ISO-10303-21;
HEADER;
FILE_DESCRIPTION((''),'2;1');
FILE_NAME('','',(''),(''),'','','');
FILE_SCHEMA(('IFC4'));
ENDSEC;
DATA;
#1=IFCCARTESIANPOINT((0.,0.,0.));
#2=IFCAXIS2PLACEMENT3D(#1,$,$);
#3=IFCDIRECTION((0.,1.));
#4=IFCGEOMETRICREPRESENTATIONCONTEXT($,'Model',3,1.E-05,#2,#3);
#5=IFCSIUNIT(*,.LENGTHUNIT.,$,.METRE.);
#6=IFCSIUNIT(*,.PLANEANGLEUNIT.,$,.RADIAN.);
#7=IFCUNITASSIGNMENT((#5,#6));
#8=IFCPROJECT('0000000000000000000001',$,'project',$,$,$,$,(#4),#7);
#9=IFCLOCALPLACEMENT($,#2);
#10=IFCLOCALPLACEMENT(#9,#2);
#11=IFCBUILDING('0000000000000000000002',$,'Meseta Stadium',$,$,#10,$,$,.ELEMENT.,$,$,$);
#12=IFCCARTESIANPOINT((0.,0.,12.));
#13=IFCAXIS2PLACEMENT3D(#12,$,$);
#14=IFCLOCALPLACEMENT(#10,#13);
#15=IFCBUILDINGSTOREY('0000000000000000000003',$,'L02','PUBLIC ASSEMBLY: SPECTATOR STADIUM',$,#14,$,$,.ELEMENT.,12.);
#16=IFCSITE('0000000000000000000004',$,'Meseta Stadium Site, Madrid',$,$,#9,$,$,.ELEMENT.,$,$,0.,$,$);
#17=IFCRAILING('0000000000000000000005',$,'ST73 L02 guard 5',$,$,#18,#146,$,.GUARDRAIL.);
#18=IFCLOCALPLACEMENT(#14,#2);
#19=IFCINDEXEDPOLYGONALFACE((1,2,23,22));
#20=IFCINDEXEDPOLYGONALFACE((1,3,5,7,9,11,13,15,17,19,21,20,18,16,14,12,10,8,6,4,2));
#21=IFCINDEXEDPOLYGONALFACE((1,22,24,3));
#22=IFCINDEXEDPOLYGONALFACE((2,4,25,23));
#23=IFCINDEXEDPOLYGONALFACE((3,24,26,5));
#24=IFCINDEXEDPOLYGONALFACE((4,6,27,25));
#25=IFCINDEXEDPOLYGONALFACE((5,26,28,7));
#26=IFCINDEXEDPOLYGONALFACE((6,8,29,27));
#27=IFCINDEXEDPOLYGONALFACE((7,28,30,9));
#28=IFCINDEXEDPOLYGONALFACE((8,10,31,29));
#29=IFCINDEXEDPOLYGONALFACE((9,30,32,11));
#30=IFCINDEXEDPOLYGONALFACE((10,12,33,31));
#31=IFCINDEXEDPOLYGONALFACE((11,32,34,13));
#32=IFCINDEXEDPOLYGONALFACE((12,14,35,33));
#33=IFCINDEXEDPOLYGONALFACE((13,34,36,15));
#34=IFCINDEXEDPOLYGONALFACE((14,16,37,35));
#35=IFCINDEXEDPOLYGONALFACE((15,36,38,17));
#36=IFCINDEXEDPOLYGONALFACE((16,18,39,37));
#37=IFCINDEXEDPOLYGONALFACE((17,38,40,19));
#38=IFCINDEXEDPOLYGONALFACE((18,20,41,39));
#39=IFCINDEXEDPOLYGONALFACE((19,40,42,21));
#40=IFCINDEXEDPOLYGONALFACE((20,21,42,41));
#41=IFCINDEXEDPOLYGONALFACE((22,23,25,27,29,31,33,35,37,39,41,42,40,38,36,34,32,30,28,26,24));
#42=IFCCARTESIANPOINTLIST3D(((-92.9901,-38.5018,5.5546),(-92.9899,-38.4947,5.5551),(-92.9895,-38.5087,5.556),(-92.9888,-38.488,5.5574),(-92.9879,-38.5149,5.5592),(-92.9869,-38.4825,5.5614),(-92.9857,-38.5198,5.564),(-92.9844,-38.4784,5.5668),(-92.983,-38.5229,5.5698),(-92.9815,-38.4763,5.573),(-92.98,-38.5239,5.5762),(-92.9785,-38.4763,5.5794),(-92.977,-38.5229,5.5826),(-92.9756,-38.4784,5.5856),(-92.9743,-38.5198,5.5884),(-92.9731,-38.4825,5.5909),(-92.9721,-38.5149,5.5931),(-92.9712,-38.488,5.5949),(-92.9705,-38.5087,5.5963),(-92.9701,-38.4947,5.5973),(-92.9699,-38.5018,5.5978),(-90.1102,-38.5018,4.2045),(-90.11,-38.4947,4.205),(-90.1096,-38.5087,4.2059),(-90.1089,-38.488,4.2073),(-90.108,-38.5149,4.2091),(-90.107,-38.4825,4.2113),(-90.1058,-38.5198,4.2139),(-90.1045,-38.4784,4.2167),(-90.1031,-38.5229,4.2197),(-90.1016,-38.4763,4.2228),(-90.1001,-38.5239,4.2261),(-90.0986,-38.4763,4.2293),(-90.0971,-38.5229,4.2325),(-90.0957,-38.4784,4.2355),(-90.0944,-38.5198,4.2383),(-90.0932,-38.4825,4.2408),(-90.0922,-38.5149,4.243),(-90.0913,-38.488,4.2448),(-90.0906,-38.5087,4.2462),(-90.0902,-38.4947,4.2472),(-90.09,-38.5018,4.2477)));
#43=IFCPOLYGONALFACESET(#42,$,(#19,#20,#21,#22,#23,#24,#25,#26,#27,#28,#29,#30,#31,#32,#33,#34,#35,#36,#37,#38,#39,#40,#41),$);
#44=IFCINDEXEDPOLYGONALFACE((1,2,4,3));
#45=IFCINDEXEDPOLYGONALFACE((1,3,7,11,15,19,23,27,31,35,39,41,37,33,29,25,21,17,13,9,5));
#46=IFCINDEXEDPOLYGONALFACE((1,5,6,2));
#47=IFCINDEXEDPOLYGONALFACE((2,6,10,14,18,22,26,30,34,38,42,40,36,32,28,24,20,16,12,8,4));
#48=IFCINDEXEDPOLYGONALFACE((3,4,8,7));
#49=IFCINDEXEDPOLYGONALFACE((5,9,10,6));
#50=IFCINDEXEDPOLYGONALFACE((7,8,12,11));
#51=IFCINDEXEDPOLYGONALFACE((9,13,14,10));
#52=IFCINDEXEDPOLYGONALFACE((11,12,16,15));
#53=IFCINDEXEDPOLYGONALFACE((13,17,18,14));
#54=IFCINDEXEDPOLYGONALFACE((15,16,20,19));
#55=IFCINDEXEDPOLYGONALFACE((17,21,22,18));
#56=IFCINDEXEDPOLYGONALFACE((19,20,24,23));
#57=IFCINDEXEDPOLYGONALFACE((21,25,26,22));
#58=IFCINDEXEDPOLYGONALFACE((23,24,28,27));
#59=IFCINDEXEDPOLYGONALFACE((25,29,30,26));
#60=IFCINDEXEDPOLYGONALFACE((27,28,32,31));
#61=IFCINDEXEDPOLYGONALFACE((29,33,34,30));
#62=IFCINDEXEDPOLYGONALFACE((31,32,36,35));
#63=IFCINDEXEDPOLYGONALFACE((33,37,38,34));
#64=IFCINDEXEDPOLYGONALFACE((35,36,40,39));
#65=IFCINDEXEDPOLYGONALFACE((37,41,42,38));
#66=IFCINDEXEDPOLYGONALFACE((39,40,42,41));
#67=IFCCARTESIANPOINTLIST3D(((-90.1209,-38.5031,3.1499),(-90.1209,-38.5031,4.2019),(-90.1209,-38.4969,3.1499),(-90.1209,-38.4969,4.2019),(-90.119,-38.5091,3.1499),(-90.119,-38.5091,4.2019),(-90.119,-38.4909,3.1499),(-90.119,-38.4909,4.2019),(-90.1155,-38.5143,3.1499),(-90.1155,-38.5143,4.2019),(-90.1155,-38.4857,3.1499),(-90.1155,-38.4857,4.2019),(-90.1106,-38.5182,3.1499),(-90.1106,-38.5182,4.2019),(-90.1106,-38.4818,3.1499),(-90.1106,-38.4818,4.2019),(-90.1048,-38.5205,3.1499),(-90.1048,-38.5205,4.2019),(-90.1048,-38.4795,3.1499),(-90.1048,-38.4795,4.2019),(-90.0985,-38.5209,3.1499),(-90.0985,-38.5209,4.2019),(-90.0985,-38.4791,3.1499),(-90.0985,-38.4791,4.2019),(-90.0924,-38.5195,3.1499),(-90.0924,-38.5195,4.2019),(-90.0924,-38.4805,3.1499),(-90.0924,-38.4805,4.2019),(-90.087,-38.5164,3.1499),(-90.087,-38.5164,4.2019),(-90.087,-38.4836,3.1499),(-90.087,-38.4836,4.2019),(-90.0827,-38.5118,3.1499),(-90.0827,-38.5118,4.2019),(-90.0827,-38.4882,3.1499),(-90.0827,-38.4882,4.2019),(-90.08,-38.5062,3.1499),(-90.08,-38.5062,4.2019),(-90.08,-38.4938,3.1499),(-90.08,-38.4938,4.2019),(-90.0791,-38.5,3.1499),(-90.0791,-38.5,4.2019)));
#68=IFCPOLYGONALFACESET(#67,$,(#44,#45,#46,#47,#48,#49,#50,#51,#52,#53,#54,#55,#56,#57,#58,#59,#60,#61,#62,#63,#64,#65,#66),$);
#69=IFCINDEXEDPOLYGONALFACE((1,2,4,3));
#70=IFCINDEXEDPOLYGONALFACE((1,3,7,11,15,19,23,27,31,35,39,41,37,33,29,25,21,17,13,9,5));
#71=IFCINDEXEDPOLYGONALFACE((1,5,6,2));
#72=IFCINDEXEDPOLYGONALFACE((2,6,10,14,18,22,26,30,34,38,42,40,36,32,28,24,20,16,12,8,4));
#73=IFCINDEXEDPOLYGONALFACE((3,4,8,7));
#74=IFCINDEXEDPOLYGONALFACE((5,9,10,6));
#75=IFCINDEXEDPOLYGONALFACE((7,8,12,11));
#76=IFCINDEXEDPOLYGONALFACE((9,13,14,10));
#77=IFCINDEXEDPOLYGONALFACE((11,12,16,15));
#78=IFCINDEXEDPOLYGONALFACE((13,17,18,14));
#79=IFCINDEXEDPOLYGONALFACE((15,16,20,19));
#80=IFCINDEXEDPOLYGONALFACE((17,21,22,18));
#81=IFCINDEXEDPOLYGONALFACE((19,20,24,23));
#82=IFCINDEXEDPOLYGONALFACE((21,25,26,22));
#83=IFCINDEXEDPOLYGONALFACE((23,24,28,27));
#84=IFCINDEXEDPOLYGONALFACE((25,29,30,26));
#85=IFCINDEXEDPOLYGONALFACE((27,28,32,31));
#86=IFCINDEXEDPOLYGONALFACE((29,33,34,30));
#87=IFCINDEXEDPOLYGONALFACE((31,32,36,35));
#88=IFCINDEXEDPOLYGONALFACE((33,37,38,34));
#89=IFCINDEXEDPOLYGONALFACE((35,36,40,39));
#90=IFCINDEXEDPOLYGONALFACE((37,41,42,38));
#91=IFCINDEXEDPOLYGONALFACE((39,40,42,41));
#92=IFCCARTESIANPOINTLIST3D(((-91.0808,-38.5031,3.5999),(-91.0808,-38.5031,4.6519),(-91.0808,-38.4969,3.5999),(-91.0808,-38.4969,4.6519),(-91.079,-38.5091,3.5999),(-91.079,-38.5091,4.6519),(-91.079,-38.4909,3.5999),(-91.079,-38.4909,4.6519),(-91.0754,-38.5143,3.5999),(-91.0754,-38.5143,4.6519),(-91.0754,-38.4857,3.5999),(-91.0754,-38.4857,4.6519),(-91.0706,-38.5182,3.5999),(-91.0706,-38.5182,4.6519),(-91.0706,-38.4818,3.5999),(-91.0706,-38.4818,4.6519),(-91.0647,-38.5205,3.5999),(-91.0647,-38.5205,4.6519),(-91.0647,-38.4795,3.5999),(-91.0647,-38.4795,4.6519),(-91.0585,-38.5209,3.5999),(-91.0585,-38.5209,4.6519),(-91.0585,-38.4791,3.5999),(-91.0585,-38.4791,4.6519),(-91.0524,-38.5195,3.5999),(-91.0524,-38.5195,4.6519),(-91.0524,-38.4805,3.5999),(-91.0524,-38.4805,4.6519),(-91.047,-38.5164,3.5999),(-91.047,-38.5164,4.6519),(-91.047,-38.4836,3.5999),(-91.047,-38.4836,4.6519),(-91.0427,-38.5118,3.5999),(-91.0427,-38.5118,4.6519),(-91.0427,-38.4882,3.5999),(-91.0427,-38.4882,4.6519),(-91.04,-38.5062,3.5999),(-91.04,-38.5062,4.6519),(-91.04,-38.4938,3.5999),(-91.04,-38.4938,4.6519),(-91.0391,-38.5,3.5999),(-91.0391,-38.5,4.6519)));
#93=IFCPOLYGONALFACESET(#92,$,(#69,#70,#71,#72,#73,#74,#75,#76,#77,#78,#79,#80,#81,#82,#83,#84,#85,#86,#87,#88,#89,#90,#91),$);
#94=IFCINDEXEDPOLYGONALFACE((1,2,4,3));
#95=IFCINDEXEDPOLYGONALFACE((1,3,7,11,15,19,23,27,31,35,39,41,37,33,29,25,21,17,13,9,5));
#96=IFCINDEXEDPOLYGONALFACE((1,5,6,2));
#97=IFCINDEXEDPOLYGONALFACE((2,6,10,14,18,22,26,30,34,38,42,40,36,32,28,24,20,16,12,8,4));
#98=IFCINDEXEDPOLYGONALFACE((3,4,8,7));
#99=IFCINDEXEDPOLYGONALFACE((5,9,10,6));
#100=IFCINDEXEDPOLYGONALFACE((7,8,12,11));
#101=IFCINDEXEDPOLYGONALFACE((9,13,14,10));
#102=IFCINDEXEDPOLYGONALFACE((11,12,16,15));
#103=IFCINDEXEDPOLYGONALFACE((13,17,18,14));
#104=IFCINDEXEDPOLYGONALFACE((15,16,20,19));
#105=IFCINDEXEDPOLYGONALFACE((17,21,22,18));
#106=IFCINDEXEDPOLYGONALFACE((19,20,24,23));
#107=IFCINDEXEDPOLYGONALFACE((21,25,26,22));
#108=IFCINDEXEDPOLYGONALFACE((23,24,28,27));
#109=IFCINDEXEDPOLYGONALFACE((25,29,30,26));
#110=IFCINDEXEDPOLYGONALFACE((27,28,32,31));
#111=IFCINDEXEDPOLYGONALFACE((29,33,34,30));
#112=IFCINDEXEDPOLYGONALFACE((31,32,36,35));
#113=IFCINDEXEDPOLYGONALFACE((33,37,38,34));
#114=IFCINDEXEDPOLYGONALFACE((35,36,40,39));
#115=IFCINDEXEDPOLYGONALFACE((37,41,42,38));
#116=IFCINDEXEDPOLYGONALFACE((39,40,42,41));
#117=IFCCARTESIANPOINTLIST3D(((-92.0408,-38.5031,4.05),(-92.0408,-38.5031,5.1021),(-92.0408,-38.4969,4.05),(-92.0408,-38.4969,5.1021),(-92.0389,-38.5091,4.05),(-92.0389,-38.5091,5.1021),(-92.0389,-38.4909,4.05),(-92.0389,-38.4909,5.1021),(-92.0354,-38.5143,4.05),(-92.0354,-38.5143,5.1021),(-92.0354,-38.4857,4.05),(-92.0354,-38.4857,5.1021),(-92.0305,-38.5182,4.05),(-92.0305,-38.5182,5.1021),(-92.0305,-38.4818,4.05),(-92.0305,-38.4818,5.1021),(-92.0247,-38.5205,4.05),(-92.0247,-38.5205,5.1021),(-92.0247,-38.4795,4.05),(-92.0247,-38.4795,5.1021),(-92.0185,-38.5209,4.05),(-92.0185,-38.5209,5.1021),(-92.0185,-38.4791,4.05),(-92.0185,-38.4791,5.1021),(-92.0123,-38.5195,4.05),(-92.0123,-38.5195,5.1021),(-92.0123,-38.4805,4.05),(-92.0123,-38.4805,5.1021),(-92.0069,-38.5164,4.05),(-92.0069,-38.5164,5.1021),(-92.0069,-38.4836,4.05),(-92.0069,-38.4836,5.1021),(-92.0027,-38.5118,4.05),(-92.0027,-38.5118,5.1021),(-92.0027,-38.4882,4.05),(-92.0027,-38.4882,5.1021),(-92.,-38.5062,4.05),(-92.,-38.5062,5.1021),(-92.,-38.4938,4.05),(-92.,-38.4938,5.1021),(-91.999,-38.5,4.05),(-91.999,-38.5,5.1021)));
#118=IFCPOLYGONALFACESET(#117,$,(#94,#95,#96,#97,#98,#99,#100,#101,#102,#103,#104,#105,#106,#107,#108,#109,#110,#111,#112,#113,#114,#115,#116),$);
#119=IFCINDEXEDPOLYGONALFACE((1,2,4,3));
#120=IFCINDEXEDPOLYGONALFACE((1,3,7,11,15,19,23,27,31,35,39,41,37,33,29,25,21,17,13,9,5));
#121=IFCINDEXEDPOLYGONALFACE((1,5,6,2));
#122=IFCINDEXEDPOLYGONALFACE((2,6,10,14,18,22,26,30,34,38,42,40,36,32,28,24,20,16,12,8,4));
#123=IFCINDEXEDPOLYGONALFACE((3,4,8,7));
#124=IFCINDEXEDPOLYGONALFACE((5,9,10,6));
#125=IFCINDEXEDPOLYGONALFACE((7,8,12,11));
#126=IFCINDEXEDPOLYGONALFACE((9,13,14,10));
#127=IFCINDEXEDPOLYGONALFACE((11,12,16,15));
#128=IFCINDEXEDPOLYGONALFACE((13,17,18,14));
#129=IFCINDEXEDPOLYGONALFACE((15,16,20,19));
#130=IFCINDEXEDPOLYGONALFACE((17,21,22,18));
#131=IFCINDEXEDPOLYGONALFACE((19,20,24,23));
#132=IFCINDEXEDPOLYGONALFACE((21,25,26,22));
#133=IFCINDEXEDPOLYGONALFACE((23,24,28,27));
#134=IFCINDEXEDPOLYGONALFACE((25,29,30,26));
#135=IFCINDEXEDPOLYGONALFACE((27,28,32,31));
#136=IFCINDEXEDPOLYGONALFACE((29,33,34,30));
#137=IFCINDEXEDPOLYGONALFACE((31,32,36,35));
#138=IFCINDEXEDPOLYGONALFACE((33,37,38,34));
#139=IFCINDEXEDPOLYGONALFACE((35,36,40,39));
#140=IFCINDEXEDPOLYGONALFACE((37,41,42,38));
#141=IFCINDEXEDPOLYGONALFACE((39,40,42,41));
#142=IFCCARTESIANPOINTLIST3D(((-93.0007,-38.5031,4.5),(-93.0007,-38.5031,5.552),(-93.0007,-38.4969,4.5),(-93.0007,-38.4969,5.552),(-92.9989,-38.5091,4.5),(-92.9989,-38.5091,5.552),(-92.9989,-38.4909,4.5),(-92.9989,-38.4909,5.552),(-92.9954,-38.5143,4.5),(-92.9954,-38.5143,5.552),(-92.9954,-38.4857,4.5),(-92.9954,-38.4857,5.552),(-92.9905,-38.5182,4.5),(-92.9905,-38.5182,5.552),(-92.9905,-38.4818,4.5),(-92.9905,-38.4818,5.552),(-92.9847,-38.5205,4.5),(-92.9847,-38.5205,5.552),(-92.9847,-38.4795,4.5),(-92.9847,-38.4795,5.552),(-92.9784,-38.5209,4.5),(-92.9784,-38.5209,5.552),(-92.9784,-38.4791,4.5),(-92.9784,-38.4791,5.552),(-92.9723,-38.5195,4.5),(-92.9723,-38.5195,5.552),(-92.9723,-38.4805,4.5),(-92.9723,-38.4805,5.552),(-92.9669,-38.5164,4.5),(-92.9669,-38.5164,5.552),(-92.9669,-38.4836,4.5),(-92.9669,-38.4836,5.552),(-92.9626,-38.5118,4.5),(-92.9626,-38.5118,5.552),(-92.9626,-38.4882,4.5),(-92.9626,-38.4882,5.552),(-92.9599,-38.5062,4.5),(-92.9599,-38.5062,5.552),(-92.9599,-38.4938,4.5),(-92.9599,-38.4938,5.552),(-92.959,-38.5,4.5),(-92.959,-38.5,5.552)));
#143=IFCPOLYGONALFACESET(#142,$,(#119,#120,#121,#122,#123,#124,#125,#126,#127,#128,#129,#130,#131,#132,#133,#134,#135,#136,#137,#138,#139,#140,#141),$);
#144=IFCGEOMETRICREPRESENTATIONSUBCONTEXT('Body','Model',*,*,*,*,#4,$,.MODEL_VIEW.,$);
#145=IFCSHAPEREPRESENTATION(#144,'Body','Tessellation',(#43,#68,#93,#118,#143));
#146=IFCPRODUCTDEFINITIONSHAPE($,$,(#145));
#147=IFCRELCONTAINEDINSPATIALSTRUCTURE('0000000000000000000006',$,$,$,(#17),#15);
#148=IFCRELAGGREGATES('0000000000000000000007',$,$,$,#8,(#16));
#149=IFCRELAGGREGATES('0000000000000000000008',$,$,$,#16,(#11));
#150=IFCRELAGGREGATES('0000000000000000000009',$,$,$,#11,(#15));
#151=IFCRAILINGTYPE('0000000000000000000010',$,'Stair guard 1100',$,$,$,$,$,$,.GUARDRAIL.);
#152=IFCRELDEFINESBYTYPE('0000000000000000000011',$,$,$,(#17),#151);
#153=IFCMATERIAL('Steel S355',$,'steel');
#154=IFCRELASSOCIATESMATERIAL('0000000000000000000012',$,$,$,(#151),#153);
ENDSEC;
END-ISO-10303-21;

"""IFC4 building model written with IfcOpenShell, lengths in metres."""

from ifc_helpers import new_model, si_unit, direction, frame, origin, origin_2d, place, context, subcontext, project, spatial, circle, extrude, material, type_object, element, save


model = new_model("IFC4")

# Units and contexts
model_context = context("Model", 3, precision=1e-05, world=origin(), true_north=direction((0.0, 1.0)))
body_context = subcontext(model_context, "Body", "Model", "MODEL_VIEW")
ifc_project = project(units=[si_unit("LENGTHUNIT", "METRE"), si_unit("PLANEANGLEUNIT", "RADIAN")], contexts=[model_context])

# Site, building, storey
site_placement = place(None, origin())
site = spatial("IfcSite", under=ifc_project, at=site_placement, Name="Meseta Stadium Site, Madrid", CompositionType="ELEMENT", RefElevation=0.0)
building_placement = place(site_placement, origin())
building = spatial("IfcBuilding", under=site, at=building_placement, Name="Meseta Stadium", CompositionType="ELEMENT")
storey_placement = place(building_placement, frame((0.0, 0.0, 12.0)))
storey = spatial("IfcBuildingStorey", under=building, at=storey_placement, Name="L02", Description="PUBLIC ASSEMBLY: SPECTATOR STADIUM", CompositionType="ELEMENT", Elevation=12.0)

# Railing
ifc_material_1 = material(Name="Steel S355", Category="steel")
railing_type_1 = type_object("IfcRailingType", Name="Stair guard 1100", PredefinedType="GUARDRAIL", material=ifc_material_1)
railing_1_placement = place(storey_placement, frame((-90.1001, -38.5, 3.1499)))
element("IfcRailing", 1, at=railing_1_placement, inside=storey, type_object=railing_type_1, Name="ST73 L02 guard 5", PredefinedType="GUARDRAIL", context=body_context, shape_type="SweptSolid", body=[
    extrude(circle(Radius=0.0239, at=origin_2d()), frame((0.0, 0.0, 1.0762), z_axis=(-0.90544, 0.0, 0.424473), x_axis=(0.0, -1.0, 0.0)), (0.0, 0.0, 1.0), 3.1807),
    extrude(circle(Radius=0.021, at=origin_2d()), origin(), (0.0, 0.0, 1.0), 1.052),
    extrude(circle(Radius=0.021, at=origin_2d()), frame((-0.96, 0.0, 0.45)), (0.0, 0.0, 1.0), 1.052),
    extrude(circle(Radius=0.021, at=origin_2d()), frame((-1.9199, 0.0, 0.9001)), (0.0, 0.0, 1.0), 1.052),
    extrude(circle(Radius=0.021, at=origin_2d()), frame((-2.8799, 0.0, 1.3501)), (0.0, 0.0, 1.0), 1.052),
])

save(model, "model.ifc")
